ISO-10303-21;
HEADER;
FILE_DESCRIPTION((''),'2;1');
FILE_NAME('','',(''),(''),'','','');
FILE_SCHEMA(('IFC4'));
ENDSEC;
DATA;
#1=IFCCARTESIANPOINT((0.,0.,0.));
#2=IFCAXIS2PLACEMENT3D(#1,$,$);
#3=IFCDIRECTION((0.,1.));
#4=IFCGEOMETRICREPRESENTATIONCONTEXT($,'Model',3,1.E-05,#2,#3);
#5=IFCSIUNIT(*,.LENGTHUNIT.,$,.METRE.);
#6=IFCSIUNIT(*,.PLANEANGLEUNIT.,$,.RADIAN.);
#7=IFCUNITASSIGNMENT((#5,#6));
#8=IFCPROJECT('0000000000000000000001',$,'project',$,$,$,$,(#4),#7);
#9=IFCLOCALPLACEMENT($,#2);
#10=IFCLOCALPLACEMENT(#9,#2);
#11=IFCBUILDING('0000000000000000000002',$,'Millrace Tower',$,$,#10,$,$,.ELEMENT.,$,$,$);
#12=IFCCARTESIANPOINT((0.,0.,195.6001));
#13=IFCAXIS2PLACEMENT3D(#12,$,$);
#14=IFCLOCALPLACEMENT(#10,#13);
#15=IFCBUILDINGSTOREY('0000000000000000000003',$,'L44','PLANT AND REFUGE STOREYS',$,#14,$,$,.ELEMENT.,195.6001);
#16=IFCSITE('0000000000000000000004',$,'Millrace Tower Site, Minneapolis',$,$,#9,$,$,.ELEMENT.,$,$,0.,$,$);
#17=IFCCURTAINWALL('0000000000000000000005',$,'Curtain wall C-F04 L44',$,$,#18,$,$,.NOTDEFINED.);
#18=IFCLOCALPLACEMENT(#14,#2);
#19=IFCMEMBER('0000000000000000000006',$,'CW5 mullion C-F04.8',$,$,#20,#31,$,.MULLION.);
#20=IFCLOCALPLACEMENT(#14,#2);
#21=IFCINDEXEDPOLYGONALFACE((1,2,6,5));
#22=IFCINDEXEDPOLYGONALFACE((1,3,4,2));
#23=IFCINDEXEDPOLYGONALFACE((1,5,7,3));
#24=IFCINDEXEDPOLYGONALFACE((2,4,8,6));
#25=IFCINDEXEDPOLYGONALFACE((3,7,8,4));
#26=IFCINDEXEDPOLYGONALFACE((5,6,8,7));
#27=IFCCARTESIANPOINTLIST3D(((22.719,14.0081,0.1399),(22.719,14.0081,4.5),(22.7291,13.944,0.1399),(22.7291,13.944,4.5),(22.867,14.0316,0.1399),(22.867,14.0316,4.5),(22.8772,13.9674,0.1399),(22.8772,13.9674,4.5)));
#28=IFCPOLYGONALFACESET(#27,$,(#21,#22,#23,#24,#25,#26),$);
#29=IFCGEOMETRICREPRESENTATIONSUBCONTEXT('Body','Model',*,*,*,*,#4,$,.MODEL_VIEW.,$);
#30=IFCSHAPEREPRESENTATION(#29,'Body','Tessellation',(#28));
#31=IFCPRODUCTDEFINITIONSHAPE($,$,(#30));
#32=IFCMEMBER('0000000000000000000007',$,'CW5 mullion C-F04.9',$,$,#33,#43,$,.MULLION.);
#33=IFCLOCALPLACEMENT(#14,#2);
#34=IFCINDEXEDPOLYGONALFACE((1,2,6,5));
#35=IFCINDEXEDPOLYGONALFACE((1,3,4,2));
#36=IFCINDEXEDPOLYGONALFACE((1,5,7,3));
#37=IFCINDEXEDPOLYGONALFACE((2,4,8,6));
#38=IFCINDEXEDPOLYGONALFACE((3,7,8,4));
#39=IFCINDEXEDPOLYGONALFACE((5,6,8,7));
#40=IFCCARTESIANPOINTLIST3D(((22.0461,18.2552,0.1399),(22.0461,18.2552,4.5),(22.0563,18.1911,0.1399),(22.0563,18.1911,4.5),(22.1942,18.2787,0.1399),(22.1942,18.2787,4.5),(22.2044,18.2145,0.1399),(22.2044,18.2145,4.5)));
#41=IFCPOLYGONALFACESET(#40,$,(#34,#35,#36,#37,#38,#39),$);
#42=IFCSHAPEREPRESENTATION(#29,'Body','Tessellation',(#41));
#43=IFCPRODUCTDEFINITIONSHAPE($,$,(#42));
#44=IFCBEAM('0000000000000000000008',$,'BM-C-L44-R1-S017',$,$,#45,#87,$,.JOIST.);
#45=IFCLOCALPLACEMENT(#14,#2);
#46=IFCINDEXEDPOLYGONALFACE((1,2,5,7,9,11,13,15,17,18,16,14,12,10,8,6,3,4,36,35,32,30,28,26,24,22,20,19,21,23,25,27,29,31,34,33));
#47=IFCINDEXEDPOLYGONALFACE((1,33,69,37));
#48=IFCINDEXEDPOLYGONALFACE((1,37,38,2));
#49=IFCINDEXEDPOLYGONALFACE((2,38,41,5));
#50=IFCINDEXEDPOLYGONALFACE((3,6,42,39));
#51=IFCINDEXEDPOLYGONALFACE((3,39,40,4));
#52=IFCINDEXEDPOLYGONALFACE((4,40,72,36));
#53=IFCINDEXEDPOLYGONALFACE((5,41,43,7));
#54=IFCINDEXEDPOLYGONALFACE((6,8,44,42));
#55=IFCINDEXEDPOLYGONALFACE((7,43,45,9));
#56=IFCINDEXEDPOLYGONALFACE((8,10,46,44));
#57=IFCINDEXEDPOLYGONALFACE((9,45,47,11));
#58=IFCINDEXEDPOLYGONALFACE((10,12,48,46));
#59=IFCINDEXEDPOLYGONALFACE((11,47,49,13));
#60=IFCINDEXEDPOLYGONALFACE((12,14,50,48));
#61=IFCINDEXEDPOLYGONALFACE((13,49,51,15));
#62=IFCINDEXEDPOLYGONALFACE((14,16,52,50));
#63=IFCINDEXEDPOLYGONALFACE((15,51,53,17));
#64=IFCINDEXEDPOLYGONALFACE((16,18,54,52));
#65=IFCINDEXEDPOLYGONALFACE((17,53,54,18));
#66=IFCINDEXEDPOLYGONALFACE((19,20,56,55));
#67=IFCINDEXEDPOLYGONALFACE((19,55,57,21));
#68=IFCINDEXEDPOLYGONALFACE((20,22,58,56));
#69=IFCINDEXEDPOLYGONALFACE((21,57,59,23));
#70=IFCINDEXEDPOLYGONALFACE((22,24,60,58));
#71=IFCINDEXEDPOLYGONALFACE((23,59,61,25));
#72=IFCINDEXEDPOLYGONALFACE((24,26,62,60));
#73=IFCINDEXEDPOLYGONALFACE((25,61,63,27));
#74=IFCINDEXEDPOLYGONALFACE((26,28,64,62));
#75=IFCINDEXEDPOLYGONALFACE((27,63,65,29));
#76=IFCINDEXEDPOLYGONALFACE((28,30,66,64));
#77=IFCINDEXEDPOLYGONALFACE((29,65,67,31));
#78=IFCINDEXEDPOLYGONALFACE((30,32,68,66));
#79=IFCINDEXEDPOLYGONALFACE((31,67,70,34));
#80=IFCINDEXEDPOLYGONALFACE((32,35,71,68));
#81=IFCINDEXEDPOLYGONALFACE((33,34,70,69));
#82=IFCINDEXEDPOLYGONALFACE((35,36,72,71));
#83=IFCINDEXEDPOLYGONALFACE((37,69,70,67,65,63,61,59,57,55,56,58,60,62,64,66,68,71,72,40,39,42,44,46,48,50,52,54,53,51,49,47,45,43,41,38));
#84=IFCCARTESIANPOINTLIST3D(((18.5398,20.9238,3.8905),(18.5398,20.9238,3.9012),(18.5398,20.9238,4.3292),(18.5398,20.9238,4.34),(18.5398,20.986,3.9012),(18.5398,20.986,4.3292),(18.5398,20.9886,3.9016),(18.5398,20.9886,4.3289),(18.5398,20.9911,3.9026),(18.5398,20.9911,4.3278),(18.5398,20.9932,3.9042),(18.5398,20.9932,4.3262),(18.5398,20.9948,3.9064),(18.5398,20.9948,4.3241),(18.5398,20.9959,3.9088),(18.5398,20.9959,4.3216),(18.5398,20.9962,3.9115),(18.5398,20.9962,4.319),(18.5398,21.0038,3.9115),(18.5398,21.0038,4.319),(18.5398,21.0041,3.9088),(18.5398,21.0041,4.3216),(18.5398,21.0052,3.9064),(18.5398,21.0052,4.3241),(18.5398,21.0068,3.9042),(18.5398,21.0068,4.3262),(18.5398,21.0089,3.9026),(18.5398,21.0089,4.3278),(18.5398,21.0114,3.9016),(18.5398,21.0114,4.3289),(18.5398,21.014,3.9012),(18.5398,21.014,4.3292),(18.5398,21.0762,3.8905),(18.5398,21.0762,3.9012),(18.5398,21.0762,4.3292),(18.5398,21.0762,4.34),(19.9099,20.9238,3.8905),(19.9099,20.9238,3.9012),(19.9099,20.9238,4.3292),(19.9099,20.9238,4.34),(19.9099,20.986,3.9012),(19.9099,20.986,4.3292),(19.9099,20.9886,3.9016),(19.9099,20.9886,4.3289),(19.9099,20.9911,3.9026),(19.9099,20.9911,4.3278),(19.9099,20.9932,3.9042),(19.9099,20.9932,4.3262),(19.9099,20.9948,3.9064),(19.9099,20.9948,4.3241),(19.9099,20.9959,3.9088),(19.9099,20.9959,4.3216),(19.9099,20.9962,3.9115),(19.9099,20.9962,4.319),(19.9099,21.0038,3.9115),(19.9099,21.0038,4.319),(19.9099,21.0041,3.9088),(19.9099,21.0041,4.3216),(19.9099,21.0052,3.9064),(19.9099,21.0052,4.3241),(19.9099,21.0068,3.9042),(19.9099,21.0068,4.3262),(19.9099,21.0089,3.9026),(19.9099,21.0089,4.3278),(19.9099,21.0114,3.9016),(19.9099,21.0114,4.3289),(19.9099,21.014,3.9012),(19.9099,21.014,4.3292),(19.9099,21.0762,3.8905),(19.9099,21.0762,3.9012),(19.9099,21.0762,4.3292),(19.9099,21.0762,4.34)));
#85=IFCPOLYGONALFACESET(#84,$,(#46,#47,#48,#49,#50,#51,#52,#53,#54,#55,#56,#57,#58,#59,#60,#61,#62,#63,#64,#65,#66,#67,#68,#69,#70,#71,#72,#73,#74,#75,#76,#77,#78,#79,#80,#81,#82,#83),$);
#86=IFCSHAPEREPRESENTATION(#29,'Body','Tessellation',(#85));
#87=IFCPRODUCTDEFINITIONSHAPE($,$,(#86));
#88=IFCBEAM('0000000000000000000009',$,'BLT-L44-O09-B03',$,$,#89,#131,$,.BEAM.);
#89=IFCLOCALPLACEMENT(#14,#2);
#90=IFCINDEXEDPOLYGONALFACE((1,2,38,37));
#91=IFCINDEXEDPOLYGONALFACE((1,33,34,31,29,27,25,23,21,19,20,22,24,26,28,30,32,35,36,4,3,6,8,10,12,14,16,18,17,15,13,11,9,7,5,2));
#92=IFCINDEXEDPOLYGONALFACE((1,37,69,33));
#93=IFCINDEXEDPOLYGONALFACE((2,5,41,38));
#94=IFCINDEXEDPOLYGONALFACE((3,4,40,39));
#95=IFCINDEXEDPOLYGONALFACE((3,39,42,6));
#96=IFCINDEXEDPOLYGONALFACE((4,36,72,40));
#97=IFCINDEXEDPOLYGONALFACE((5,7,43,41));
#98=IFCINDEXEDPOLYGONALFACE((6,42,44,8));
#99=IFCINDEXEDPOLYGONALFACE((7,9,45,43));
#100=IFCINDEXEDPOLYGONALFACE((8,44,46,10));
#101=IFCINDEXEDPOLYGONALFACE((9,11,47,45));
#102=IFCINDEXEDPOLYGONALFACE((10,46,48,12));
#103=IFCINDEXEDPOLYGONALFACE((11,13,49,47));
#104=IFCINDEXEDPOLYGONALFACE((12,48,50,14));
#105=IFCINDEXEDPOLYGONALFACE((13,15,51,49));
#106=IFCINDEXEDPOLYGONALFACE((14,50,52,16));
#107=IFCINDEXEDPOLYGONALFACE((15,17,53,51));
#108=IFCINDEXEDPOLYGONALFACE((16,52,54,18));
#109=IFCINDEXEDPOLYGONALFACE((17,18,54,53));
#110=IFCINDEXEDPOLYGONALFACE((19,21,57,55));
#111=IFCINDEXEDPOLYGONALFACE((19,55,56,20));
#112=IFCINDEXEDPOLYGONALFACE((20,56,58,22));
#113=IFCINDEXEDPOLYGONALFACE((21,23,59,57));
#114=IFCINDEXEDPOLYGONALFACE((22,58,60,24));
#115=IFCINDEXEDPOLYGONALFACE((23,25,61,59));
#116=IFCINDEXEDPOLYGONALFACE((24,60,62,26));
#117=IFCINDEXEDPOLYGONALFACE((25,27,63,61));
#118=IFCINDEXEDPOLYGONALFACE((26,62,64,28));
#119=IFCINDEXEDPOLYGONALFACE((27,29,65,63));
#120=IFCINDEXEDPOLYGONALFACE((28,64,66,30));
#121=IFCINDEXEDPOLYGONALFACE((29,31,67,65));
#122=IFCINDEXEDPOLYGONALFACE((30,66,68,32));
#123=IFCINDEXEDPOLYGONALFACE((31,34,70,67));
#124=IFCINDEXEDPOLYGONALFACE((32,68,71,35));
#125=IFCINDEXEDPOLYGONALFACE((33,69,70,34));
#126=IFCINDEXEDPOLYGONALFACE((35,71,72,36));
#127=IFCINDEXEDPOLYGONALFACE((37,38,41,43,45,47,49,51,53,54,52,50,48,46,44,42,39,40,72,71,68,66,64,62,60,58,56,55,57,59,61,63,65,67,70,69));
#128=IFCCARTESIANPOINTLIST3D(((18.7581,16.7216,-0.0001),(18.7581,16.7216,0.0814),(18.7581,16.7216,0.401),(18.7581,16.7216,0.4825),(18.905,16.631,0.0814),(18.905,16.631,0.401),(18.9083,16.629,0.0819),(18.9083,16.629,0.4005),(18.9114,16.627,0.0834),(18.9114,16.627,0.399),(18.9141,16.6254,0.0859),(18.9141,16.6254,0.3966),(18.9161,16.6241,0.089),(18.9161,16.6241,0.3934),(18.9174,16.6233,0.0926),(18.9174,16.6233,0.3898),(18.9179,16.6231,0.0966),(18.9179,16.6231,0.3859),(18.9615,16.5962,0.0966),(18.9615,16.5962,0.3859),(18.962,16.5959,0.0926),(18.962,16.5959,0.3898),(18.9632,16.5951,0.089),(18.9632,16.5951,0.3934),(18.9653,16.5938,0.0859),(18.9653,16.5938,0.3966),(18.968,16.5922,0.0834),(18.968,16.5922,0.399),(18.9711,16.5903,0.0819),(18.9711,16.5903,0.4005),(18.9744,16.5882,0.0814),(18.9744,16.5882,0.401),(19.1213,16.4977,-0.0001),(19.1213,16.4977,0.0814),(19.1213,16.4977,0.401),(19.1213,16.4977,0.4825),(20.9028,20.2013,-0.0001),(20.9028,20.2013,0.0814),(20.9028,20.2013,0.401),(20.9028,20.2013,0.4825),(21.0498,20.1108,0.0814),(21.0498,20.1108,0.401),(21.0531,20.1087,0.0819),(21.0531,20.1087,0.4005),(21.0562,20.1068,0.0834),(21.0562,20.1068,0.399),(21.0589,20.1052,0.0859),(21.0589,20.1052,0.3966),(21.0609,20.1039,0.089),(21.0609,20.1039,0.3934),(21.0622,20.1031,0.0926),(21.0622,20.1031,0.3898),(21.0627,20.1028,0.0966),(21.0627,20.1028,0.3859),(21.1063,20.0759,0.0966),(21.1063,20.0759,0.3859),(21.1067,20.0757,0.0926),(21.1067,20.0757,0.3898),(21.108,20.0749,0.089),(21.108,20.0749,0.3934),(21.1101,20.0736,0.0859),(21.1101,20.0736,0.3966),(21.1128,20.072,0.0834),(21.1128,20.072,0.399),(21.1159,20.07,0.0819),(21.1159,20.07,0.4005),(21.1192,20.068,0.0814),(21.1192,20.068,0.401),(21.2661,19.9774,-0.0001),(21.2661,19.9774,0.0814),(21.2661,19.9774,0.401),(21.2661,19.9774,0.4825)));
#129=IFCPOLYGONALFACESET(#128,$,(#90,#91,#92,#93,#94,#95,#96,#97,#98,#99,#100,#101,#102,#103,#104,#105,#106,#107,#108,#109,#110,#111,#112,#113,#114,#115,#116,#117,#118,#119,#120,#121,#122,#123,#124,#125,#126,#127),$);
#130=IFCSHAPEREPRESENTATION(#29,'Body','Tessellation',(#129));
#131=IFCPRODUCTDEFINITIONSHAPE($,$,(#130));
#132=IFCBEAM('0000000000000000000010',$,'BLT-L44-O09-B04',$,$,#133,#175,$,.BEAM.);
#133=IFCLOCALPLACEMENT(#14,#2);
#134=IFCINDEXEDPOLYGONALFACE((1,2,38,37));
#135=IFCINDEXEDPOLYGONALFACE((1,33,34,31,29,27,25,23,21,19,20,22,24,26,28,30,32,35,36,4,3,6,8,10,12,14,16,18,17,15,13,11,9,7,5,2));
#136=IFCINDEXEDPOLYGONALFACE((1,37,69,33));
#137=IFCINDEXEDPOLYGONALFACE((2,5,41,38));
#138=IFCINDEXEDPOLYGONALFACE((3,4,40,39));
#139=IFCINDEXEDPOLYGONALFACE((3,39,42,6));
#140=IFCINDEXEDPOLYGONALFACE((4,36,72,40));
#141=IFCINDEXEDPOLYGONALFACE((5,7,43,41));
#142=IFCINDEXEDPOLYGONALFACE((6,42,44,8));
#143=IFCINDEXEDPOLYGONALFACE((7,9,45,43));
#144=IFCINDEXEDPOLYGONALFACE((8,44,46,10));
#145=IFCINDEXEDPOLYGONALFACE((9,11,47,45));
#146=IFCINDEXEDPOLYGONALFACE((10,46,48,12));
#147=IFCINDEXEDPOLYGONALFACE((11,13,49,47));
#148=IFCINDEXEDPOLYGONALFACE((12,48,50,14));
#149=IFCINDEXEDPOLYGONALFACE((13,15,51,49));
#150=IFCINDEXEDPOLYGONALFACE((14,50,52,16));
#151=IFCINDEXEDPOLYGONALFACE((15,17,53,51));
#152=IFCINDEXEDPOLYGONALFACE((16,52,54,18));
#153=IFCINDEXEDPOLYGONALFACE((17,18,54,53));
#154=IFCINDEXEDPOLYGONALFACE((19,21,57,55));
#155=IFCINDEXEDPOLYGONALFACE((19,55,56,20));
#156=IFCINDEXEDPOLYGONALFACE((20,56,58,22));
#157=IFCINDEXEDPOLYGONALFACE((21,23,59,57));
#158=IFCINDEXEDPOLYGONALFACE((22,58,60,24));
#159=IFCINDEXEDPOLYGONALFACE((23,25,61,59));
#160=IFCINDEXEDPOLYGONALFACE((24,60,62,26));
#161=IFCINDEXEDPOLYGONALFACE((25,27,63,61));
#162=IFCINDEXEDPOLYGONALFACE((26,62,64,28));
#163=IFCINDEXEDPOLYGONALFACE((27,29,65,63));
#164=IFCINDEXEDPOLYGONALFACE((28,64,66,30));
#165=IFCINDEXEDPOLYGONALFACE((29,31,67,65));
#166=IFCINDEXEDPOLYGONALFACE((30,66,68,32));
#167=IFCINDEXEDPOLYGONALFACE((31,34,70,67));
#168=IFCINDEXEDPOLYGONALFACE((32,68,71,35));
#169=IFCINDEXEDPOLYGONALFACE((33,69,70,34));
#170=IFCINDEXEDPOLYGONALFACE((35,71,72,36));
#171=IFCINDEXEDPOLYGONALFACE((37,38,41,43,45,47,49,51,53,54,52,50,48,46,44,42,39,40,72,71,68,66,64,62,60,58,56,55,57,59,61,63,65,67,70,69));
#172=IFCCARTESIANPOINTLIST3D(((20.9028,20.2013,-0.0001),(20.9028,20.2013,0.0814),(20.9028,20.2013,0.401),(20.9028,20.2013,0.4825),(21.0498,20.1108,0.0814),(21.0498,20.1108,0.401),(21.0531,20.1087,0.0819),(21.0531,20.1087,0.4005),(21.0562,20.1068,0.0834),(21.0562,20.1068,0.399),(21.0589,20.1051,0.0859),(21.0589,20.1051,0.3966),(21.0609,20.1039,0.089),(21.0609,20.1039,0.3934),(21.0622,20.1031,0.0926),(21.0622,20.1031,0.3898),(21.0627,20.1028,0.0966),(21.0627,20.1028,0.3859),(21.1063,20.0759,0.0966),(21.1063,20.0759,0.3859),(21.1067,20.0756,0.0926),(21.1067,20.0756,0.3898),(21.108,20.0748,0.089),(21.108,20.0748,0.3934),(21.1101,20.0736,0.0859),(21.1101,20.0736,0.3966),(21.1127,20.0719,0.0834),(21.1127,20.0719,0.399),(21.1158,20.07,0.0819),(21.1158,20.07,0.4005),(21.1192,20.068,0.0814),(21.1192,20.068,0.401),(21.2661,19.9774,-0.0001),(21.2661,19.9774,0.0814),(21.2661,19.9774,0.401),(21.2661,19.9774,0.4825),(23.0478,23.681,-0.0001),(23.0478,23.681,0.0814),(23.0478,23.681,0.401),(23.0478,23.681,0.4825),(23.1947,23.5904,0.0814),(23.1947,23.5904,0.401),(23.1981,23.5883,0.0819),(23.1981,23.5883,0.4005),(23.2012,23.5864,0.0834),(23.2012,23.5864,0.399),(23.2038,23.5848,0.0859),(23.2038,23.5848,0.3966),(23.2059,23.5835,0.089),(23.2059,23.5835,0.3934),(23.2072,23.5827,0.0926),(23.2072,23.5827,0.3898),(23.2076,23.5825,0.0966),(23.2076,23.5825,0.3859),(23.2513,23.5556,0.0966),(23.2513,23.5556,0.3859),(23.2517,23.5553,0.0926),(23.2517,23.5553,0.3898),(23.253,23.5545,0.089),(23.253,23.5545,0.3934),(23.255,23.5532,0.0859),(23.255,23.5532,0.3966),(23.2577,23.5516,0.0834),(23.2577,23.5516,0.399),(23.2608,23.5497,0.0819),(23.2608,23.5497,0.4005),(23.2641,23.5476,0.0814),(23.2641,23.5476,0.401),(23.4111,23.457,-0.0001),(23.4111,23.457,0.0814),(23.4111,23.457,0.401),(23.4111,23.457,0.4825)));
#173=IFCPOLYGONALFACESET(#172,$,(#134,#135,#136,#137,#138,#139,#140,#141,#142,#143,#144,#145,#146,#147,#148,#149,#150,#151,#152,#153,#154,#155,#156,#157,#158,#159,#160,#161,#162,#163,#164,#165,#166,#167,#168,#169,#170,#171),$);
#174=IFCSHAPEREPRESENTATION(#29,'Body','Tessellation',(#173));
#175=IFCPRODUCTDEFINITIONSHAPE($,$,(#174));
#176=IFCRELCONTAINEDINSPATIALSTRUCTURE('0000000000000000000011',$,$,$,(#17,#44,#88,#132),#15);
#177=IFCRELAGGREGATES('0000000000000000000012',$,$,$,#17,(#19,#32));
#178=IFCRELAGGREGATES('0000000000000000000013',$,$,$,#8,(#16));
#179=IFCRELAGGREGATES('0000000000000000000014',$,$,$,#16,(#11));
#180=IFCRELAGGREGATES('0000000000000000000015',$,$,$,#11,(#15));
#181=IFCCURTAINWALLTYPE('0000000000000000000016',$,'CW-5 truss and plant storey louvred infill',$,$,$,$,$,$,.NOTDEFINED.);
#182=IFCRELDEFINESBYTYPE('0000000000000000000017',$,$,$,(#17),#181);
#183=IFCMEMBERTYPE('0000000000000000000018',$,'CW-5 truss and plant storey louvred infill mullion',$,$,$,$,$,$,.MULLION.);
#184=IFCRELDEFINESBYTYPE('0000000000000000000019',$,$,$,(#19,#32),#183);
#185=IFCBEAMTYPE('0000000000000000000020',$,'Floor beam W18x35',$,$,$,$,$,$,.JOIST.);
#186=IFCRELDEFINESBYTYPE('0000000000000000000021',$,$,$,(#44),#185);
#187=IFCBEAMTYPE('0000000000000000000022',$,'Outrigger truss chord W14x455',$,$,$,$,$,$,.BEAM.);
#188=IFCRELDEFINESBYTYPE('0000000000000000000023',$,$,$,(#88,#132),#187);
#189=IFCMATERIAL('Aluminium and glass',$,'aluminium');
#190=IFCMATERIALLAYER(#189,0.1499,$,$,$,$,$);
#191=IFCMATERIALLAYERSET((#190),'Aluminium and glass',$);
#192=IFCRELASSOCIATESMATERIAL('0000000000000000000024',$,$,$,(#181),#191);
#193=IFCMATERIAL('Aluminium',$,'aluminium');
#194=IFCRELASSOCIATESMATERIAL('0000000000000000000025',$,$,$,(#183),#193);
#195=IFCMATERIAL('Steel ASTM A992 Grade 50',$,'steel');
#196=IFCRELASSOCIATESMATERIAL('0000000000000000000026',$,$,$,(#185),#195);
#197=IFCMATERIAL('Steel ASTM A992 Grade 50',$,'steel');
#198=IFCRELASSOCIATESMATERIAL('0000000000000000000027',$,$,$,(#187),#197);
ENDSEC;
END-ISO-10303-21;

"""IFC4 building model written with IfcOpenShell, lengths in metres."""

from ifc_helpers import new_model, si_unit, direction, frame, origin, origin_2d, place, context, subcontext, project, spatial, rectangle, i_section, extrude, material, layer, layer_set, material_profile, profile_set, type_object, element, aggregate, save


model = new_model("IFC4")

# Units and contexts
model_context = context("Model", 3, precision=1e-05, world=origin(), true_north=direction((0.0, 1.0)))
body_context = subcontext(model_context, "Body", "Model", "MODEL_VIEW")
ifc_project = project(units=[si_unit("LENGTHUNIT", "METRE"), si_unit("PLANEANGLEUNIT", "RADIAN")], contexts=[model_context])

# Site, building, storey
site_placement = place(None, origin())
site = spatial("IfcSite", under=ifc_project, at=site_placement, Name="Millrace Tower Site, Minneapolis", CompositionType="ELEMENT", RefElevation=0.0)
building_placement = place(site_placement, origin())
building = spatial("IfcBuilding", under=site, at=building_placement, Name="Millrace Tower", CompositionType="ELEMENT")
storey_placement = place(building_placement, frame((0.0, 0.0, 195.6001)))
storey = spatial("IfcBuildingStorey", under=building, at=storey_placement, Name="L44", Description="PLANT AND REFUGE STOREYS", CompositionType="ELEMENT", Elevation=195.6001)

# Curtain wall, members
ifc_material_1 = material(Name="Aluminium and glass", Category="aluminium")
ifc_layer_1 = layer(ifc_material_1, 0.1499)
ifc_layer_set_1 = layer_set([ifc_layer_1], Name="Aluminium and glass")
curtain_wall_type = type_object("IfcCurtainWallType", Name="CW-5 truss and plant storey louvred infill", PredefinedType="NOTDEFINED", material=ifc_layer_set_1)
curtain_wall_placement = place(storey_placement, origin())
curtain_wall = element("IfcCurtainWall", 1, at=curtain_wall_placement, inside=storey, type_object=curtain_wall_type, Name="Curtain wall C-F04 L44", PredefinedType="NOTDEFINED")
ifc_material_2 = material(Name="Aluminium", Category="aluminium")
ifc_material_profile_1 = material_profile(ifc_material_2, rectangle(XDim=0.0649, YDim=0.1499, at=origin_2d()))
ifc_profile_set_1 = profile_set([ifc_material_profile_1], Name="Aluminium")
member_type_1 = type_object("IfcMemberType", Name="CW-5 truss and plant storey louvred infill mullion", PredefinedType="MULLION", material=ifc_profile_set_1)
member_1_placement = place(storey_placement, frame((22.7981, 13.9878, 0.1399), z_axis=(0.0, 0.0, 1.0), x_axis=(-0.156434, 0.987688, 0.0)))
member_1 = element("IfcMember", 2, at=member_1_placement, type_object=member_type_1, Name="CW5 mullion C-F04.8", PredefinedType="MULLION", context=body_context, shape_type="SweptSolid", body=[
    extrude(rectangle(XDim=0.0649, YDim=0.1499, at=origin_2d()), origin(), (0.0, 0.0, 1.0), 4.3601),
])
member_2_placement = place(storey_placement, frame((22.1252, 18.2349, 0.1399), z_axis=(0.0, 0.0, 1.0), x_axis=(-0.156434, 0.987688, 0.0)))
member_2 = element("IfcMember", 3, at=member_2_placement, type_object=member_type_1, Name="CW5 mullion C-F04.9", PredefinedType="MULLION", context=body_context, shape_type="SweptSolid", body=[
    extrude(rectangle(XDim=0.0649, YDim=0.1499, at=origin_2d()), origin(), (0.0, 0.0, 1.0), 4.3601),
])
aggregate(curtain_wall, [member_1, member_2])

# Beams
ifc_material_3 = material(Name="Steel ASTM A992 Grade 50", Category="steel")
ifc_material_profile_2 = material_profile(ifc_material_3, i_section(OverallWidth=0.1523, OverallDepth=0.4495, WebThickness=0.0076, FlangeThickness=0.0107, FilletRadius=0.0103, at=origin_2d()))
ifc_profile_set_2 = profile_set([ifc_material_profile_2], Name="Steel ASTM A992 Grade 50")
beam_type_1 = type_object("IfcBeamType", Name="Floor beam W18x35", PredefinedType="JOIST", material=ifc_profile_set_2)
beam_1_placement = place(storey_placement, frame((18.5398, 21.0, 4.1152), z_axis=(1.0, 0.0, 0.0), x_axis=(0.0, 1.0, 0.0)))
element("IfcBeam", 4, at=beam_1_placement, inside=storey, type_object=beam_type_1, Name="BM-C-L44-R1-S017", PredefinedType="JOIST", context=body_context, shape_type="SweptSolid", body=[
    extrude(i_section(OverallWidth=0.1523, OverallDepth=0.4495, WebThickness=0.0076, FlangeThickness=0.0107, FilletRadius=0.0103, at=origin_2d()), origin(), (0.0, 0.0, 1.0), 1.3701),
])
ifc_material_4 = material(Name="Steel ASTM A992 Grade 50", Category="steel")
ifc_material_profile_3 = material_profile(ifc_material_4, i_section(OverallWidth=0.4268, OverallDepth=0.4827, WebThickness=0.0513, FlangeThickness=0.0815, FilletRadius=0.0151, at=origin_2d()))
ifc_profile_set_3 = profile_set([ifc_material_profile_3], Name="Steel ASTM A992 Grade 50")
beam_type_2 = type_object("IfcBeamType", Name="Outrigger truss chord W14x455", PredefinedType="BEAM", material=ifc_profile_set_3)
for number, where, z_axis, x_axis, name in (
    (5, (18.9397, 16.6096, 0.2412), (0.5247, 0.851287, 0.0), (-0.851287, 0.5247, 0.0), "BLT-L44-O09-B03"),
    (6, (21.0845, 20.0894, 0.2412), (0.524744, 0.85126, 0.0), (-0.85126, 0.524744, 0.0), "BLT-L44-O09-B04"),
):
    element("IfcBeam", number, at=place(storey_placement, frame(where, z_axis=z_axis, x_axis=x_axis)), inside=storey, type_object=beam_type_2, Name=name, PredefinedType="BEAM", context=body_context, shape_type="SweptSolid", body=[
        extrude(i_section(OverallWidth=0.4268, OverallDepth=0.4827, WebThickness=0.0513, FlangeThickness=0.0815, FilletRadius=0.0151, at=origin_2d()), origin(), (0.0, 0.0, 1.0), 4.0876),
    ])

save(model, "model.ifc")
